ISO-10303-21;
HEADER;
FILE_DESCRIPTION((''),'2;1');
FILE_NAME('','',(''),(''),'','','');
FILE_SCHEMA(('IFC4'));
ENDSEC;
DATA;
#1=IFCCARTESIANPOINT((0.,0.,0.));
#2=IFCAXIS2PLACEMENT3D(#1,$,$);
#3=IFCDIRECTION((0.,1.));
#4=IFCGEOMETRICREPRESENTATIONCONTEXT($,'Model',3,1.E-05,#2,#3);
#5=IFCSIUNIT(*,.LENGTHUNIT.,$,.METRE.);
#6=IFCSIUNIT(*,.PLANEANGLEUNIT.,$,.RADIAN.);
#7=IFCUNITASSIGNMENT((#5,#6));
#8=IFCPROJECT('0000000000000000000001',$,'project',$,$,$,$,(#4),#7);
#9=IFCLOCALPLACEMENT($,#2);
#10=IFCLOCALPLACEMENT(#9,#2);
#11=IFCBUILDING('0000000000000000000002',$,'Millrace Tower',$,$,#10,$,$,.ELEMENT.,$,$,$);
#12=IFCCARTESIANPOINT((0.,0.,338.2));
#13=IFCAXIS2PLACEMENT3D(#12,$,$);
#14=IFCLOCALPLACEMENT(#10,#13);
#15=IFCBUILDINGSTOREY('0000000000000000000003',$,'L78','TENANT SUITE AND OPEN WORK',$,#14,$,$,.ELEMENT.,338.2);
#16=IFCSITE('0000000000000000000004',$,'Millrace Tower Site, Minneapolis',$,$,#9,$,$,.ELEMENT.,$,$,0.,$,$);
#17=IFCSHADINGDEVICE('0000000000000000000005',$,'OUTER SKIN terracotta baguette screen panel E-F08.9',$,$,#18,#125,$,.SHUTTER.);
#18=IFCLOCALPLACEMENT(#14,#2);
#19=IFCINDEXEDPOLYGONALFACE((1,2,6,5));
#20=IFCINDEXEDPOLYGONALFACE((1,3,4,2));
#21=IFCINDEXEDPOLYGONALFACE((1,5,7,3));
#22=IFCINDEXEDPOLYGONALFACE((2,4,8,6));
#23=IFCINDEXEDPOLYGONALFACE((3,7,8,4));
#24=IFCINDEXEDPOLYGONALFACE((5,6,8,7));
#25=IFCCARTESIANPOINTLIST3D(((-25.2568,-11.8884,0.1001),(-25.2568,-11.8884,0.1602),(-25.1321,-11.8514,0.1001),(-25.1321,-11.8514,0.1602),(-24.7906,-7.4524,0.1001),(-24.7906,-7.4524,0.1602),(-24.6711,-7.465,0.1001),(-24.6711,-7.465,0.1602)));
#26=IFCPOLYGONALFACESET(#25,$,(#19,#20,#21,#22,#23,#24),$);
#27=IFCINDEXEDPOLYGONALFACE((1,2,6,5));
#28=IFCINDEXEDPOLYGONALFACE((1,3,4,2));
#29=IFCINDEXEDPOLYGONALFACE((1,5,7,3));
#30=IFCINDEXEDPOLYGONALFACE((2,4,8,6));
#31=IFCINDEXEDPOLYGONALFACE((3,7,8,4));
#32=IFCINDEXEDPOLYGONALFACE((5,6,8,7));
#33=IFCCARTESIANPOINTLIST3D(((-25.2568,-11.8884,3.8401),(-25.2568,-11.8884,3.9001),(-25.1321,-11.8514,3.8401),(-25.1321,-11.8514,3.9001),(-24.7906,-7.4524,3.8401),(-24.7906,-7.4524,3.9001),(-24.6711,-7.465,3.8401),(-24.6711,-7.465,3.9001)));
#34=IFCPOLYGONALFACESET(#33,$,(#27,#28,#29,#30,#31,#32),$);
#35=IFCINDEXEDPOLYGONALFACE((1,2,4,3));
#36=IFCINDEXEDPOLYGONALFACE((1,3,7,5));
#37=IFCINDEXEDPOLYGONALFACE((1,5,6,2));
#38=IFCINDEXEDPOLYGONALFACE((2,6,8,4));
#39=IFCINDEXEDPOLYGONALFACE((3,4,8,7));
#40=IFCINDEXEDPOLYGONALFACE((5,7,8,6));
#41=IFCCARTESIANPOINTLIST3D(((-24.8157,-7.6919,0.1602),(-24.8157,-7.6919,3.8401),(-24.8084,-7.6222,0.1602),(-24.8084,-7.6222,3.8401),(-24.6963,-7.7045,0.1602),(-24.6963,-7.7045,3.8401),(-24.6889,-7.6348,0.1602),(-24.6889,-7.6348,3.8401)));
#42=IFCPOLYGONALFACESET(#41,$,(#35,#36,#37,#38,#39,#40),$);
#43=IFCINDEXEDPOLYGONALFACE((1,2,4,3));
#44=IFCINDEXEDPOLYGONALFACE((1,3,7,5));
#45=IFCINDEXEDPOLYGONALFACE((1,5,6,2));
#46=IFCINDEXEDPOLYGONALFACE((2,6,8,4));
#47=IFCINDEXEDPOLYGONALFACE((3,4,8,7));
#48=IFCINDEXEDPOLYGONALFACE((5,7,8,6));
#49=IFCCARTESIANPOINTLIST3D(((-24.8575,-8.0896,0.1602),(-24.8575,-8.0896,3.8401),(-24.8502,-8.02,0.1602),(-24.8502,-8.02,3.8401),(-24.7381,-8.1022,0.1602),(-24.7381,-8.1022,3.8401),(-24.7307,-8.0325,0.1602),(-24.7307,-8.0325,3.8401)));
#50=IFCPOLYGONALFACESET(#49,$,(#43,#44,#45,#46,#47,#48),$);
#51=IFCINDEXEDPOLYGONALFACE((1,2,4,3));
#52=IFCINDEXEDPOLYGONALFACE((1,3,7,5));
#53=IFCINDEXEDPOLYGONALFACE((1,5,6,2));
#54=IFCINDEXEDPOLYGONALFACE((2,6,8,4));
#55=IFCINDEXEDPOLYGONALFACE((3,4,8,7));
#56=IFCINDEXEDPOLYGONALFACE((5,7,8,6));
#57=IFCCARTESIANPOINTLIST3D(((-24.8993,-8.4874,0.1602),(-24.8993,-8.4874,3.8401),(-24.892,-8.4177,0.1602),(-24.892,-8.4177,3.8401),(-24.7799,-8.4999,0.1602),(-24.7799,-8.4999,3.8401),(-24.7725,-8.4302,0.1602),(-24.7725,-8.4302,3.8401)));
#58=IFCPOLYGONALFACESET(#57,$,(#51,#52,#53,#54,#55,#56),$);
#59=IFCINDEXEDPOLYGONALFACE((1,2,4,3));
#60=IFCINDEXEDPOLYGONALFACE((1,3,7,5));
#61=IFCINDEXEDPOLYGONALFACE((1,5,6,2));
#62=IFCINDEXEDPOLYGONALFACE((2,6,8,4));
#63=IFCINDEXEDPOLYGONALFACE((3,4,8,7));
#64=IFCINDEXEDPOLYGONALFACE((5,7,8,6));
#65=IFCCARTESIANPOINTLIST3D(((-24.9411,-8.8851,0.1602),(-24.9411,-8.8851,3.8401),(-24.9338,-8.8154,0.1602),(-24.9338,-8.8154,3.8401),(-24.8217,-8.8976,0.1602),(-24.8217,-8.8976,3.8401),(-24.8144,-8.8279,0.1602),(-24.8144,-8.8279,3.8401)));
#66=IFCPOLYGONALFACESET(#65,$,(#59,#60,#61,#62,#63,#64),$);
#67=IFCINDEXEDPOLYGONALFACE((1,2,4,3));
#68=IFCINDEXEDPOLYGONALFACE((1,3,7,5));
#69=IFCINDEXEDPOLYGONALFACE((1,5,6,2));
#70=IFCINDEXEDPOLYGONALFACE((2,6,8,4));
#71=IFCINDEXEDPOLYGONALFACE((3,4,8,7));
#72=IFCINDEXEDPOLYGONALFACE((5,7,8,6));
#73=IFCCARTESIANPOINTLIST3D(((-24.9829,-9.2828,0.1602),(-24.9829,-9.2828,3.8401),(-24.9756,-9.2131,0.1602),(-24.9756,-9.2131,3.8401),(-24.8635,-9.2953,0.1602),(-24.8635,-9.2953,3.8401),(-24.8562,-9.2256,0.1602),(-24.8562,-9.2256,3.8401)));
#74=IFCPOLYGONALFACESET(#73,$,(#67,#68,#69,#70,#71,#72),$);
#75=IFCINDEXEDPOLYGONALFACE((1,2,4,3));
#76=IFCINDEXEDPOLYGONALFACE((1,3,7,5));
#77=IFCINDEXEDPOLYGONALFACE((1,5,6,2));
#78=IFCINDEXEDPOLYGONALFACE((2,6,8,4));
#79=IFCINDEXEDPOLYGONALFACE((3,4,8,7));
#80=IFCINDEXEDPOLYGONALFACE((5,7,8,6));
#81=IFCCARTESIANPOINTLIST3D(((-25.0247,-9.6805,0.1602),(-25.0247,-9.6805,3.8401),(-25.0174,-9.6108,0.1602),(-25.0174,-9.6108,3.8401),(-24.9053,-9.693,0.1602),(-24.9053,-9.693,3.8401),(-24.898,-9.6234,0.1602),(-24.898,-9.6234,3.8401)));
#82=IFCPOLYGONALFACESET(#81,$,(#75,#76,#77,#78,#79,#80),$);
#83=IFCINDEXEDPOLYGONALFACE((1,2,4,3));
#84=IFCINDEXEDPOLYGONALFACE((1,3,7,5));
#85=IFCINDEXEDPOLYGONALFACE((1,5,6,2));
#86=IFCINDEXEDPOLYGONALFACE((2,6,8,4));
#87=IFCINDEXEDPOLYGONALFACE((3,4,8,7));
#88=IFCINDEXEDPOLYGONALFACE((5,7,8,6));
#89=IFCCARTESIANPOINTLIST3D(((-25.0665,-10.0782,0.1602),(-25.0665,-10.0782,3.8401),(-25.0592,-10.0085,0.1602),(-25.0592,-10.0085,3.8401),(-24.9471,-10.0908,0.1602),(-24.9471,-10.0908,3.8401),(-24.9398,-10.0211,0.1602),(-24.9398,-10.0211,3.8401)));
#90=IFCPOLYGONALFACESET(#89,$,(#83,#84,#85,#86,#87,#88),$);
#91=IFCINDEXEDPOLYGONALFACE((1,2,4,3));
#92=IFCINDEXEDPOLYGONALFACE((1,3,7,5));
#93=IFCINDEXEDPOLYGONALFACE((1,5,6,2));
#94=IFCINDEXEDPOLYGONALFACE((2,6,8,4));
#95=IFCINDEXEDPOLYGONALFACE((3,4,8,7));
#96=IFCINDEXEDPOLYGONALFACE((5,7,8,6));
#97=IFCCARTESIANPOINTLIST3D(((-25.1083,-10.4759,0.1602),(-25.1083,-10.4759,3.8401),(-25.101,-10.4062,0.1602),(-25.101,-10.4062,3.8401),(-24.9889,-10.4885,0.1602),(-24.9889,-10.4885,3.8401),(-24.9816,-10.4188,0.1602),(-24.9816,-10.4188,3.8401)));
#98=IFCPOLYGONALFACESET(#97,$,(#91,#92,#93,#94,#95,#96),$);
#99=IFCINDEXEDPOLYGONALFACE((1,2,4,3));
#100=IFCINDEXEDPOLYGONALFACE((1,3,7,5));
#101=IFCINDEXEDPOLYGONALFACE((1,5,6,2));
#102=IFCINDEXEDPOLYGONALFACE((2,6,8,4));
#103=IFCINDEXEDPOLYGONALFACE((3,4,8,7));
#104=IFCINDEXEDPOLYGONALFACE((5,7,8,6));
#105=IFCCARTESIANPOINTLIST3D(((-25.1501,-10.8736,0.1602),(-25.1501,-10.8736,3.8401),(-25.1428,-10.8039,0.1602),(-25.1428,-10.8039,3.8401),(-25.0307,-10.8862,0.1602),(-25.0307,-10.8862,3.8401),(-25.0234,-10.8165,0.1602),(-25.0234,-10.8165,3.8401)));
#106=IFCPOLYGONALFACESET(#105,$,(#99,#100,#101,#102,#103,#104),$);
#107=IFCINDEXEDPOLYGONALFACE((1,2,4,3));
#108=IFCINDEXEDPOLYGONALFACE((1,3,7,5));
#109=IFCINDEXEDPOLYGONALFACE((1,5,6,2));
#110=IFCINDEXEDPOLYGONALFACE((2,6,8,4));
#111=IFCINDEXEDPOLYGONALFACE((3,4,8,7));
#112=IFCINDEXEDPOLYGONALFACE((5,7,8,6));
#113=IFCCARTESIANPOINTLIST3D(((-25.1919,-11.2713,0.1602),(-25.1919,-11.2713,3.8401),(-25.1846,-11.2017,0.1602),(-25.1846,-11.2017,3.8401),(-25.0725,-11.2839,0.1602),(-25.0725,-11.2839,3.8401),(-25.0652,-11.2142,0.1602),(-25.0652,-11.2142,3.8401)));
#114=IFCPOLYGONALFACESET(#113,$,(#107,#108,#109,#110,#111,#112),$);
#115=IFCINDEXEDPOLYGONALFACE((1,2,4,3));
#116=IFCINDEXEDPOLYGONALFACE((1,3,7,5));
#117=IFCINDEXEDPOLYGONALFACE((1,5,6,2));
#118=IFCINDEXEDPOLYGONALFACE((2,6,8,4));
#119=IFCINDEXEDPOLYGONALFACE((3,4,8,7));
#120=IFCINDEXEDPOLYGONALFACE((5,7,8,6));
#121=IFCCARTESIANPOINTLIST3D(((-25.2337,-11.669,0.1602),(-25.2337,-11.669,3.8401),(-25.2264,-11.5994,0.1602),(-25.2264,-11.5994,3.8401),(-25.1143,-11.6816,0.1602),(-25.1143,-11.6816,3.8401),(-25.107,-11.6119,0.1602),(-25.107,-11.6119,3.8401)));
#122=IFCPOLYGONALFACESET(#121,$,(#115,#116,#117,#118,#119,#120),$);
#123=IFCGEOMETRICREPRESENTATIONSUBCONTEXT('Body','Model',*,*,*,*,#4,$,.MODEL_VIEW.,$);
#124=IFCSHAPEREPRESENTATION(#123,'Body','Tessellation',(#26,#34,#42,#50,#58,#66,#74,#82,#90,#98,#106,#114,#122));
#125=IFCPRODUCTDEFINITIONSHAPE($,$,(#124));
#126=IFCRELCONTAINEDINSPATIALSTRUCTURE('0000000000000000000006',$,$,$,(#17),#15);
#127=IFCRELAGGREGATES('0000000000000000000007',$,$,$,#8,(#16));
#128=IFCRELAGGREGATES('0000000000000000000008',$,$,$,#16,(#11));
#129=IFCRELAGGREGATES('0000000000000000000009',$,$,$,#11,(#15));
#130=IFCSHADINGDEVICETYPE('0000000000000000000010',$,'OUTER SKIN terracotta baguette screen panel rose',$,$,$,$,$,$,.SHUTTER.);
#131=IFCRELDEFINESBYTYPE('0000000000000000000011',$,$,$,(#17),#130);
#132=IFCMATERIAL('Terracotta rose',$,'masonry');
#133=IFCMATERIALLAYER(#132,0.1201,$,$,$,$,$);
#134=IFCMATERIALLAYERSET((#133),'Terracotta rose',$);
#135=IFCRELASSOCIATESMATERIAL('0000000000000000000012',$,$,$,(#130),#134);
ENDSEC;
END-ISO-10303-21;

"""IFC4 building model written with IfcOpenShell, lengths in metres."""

from ifc_helpers import new_model, entity, si_unit, direction, frame, frame_2d, origin, place, context, subcontext, project, spatial, rectangle, extrude, source, transform, mapped, material, layer, layer_set, type_object, element, save


model = new_model("IFC4")

# Units and contexts
model_context = context("Model", 3, precision=1e-05, world=origin(), true_north=direction((0.0, 1.0)))
body_context = subcontext(model_context, "Body", "Model", "MODEL_VIEW")
ifc_project = project(units=[si_unit("LENGTHUNIT", "METRE"), si_unit("PLANEANGLEUNIT", "RADIAN")], contexts=[model_context])

# Site, building, storey
site_placement = place(None, origin())
site = spatial("IfcSite", under=ifc_project, at=site_placement, Name="Millrace Tower Site, Minneapolis", CompositionType="ELEMENT", RefElevation=0.0)
building_placement = place(site_placement, origin())
building = spatial("IfcBuilding", under=site, at=building_placement, Name="Millrace Tower", CompositionType="ELEMENT")
storey_placement = place(building_placement, frame((0.0, 0.0, 338.2)))
storey = spatial("IfcBuildingStorey", under=building, at=storey_placement, Name="L78", Description="TENANT SUITE AND OPEN WORK", CompositionType="ELEMENT", Elevation=338.2)

# Shading device
ifc_material_1 = material(Name="Terracotta rose", Category="masonry")
ifc_layer_1 = layer(ifc_material_1, 0.1201)
ifc_layer_set_1 = layer_set([ifc_layer_1], Name="Terracotta rose")
shading_device_type = type_object("IfcShadingDeviceType", Name="OUTER SKIN terracotta baguette screen panel rose", PredefinedType="SHUTTER", material=ifc_layer_set_1)
cartesian_point_1 = entity("IfcCartesianPoint", [-2.2178, 0.0601])
shared_polyline_1 = entity("IfcPolyline", [cartesian_point_1, entity("IfcCartesianPoint", [2.1929, 0.0601]), entity("IfcCartesianPoint", [2.2427, -0.0601]), entity("IfcCartesianPoint", [-2.2178, -0.0601]), cartesian_point_1])
shared_shape_1 = source(origin(), body_context, "Body", "SweptSolid", [
    entity("IfcExtrudedAreaSolid", entity("IfcArbitraryClosedProfileDef", "AREA", None, shared_polyline_1), entity("IfcAxis2Placement3D", entity("IfcCartesianPoint", [0.0, 0.0, 0.0])), entity("IfcDirection", [0.0, 0.0, 1.0]), 0.0601),
    entity("IfcExtrudedAreaSolid", entity("IfcArbitraryClosedProfileDef", "AREA", None, shared_polyline_1), entity("IfcAxis2Placement3D", entity("IfcCartesianPoint", [0.0, 0.0, 3.74])), entity("IfcDirection", [0.0, 0.0, 1.0]), 0.0601),
    extrude(rectangle(XDim=0.0701, YDim=0.1201, at=frame_2d((-2.012, 0.0))), frame((0.0, 0.0, 0.0601)), (0.0, 0.0, 1.0), 3.6799),
    extrude(rectangle(XDim=0.0701, YDim=0.1201, at=frame_2d((-1.6121, 0.0))), frame((0.0, 0.0, 0.0601)), (0.0, 0.0, 1.0), 3.6799),
    extrude(rectangle(XDim=0.0701, YDim=0.1201, at=frame_2d((-1.2122, 0.0))), frame((0.0, 0.0, 0.0601)), (0.0, 0.0, 1.0), 3.6799),
    extrude(rectangle(XDim=0.0701, YDim=0.1201, at=frame_2d((-0.8123, 0.0))), frame((0.0, 0.0, 0.0601)), (0.0, 0.0, 1.0), 3.6799),
    extrude(rectangle(XDim=0.0701, YDim=0.1201, at=frame_2d((-0.4124, 0.0))), frame((0.0, 0.0, 0.0601)), (0.0, 0.0, 1.0), 3.6799),
    extrude(rectangle(XDim=0.0701, YDim=0.1201, at=frame_2d((-0.0125, 0.0))), frame((0.0, 0.0, 0.0601)), (0.0, 0.0, 1.0), 3.6799),
    extrude(rectangle(XDim=0.0701, YDim=0.1201, at=frame_2d((0.3875, 0.0))), frame((0.0, 0.0, 0.0601)), (0.0, 0.0, 1.0), 3.6799),
    extrude(rectangle(XDim=0.0701, YDim=0.1201, at=frame_2d((0.7874, 0.0))), frame((0.0, 0.0, 0.0601)), (0.0, 0.0, 1.0), 3.6799),
    extrude(rectangle(XDim=0.0701, YDim=0.1201, at=frame_2d((1.1873, 0.0))), frame((0.0, 0.0, 0.0601)), (0.0, 0.0, 1.0), 3.6799),
    extrude(rectangle(XDim=0.0701, YDim=0.1201, at=frame_2d((1.5872, 0.0))), frame((0.0, 0.0, 0.0601)), (0.0, 0.0, 1.0), 3.6799),
    extrude(rectangle(XDim=0.0701, YDim=0.1201, at=frame_2d((1.9871, 0.0))), frame((0.0, 0.0, 0.0601)), (0.0, 0.0, 1.0), 3.6799),
])
shading_device_placement = place(storey_placement, frame((-24.9626, -9.6643, 0.1001), z_axis=(0.0, 0.0, 1.0), x_axis=(-0.104528, -0.994522, 0.0)))
element("IfcShadingDevice", 1, at=shading_device_placement, inside=storey, type_object=shading_device_type, Name="OUTER SKIN terracotta baguette screen panel E-F08.9", PredefinedType="SHUTTER", context=body_context, shape_type="MappedRepresentation", body=[
    mapped(shared_shape_1, transform((0.0, 0.0, 0.0), scale=1.0)),
])

save(model, "model.ifc")
